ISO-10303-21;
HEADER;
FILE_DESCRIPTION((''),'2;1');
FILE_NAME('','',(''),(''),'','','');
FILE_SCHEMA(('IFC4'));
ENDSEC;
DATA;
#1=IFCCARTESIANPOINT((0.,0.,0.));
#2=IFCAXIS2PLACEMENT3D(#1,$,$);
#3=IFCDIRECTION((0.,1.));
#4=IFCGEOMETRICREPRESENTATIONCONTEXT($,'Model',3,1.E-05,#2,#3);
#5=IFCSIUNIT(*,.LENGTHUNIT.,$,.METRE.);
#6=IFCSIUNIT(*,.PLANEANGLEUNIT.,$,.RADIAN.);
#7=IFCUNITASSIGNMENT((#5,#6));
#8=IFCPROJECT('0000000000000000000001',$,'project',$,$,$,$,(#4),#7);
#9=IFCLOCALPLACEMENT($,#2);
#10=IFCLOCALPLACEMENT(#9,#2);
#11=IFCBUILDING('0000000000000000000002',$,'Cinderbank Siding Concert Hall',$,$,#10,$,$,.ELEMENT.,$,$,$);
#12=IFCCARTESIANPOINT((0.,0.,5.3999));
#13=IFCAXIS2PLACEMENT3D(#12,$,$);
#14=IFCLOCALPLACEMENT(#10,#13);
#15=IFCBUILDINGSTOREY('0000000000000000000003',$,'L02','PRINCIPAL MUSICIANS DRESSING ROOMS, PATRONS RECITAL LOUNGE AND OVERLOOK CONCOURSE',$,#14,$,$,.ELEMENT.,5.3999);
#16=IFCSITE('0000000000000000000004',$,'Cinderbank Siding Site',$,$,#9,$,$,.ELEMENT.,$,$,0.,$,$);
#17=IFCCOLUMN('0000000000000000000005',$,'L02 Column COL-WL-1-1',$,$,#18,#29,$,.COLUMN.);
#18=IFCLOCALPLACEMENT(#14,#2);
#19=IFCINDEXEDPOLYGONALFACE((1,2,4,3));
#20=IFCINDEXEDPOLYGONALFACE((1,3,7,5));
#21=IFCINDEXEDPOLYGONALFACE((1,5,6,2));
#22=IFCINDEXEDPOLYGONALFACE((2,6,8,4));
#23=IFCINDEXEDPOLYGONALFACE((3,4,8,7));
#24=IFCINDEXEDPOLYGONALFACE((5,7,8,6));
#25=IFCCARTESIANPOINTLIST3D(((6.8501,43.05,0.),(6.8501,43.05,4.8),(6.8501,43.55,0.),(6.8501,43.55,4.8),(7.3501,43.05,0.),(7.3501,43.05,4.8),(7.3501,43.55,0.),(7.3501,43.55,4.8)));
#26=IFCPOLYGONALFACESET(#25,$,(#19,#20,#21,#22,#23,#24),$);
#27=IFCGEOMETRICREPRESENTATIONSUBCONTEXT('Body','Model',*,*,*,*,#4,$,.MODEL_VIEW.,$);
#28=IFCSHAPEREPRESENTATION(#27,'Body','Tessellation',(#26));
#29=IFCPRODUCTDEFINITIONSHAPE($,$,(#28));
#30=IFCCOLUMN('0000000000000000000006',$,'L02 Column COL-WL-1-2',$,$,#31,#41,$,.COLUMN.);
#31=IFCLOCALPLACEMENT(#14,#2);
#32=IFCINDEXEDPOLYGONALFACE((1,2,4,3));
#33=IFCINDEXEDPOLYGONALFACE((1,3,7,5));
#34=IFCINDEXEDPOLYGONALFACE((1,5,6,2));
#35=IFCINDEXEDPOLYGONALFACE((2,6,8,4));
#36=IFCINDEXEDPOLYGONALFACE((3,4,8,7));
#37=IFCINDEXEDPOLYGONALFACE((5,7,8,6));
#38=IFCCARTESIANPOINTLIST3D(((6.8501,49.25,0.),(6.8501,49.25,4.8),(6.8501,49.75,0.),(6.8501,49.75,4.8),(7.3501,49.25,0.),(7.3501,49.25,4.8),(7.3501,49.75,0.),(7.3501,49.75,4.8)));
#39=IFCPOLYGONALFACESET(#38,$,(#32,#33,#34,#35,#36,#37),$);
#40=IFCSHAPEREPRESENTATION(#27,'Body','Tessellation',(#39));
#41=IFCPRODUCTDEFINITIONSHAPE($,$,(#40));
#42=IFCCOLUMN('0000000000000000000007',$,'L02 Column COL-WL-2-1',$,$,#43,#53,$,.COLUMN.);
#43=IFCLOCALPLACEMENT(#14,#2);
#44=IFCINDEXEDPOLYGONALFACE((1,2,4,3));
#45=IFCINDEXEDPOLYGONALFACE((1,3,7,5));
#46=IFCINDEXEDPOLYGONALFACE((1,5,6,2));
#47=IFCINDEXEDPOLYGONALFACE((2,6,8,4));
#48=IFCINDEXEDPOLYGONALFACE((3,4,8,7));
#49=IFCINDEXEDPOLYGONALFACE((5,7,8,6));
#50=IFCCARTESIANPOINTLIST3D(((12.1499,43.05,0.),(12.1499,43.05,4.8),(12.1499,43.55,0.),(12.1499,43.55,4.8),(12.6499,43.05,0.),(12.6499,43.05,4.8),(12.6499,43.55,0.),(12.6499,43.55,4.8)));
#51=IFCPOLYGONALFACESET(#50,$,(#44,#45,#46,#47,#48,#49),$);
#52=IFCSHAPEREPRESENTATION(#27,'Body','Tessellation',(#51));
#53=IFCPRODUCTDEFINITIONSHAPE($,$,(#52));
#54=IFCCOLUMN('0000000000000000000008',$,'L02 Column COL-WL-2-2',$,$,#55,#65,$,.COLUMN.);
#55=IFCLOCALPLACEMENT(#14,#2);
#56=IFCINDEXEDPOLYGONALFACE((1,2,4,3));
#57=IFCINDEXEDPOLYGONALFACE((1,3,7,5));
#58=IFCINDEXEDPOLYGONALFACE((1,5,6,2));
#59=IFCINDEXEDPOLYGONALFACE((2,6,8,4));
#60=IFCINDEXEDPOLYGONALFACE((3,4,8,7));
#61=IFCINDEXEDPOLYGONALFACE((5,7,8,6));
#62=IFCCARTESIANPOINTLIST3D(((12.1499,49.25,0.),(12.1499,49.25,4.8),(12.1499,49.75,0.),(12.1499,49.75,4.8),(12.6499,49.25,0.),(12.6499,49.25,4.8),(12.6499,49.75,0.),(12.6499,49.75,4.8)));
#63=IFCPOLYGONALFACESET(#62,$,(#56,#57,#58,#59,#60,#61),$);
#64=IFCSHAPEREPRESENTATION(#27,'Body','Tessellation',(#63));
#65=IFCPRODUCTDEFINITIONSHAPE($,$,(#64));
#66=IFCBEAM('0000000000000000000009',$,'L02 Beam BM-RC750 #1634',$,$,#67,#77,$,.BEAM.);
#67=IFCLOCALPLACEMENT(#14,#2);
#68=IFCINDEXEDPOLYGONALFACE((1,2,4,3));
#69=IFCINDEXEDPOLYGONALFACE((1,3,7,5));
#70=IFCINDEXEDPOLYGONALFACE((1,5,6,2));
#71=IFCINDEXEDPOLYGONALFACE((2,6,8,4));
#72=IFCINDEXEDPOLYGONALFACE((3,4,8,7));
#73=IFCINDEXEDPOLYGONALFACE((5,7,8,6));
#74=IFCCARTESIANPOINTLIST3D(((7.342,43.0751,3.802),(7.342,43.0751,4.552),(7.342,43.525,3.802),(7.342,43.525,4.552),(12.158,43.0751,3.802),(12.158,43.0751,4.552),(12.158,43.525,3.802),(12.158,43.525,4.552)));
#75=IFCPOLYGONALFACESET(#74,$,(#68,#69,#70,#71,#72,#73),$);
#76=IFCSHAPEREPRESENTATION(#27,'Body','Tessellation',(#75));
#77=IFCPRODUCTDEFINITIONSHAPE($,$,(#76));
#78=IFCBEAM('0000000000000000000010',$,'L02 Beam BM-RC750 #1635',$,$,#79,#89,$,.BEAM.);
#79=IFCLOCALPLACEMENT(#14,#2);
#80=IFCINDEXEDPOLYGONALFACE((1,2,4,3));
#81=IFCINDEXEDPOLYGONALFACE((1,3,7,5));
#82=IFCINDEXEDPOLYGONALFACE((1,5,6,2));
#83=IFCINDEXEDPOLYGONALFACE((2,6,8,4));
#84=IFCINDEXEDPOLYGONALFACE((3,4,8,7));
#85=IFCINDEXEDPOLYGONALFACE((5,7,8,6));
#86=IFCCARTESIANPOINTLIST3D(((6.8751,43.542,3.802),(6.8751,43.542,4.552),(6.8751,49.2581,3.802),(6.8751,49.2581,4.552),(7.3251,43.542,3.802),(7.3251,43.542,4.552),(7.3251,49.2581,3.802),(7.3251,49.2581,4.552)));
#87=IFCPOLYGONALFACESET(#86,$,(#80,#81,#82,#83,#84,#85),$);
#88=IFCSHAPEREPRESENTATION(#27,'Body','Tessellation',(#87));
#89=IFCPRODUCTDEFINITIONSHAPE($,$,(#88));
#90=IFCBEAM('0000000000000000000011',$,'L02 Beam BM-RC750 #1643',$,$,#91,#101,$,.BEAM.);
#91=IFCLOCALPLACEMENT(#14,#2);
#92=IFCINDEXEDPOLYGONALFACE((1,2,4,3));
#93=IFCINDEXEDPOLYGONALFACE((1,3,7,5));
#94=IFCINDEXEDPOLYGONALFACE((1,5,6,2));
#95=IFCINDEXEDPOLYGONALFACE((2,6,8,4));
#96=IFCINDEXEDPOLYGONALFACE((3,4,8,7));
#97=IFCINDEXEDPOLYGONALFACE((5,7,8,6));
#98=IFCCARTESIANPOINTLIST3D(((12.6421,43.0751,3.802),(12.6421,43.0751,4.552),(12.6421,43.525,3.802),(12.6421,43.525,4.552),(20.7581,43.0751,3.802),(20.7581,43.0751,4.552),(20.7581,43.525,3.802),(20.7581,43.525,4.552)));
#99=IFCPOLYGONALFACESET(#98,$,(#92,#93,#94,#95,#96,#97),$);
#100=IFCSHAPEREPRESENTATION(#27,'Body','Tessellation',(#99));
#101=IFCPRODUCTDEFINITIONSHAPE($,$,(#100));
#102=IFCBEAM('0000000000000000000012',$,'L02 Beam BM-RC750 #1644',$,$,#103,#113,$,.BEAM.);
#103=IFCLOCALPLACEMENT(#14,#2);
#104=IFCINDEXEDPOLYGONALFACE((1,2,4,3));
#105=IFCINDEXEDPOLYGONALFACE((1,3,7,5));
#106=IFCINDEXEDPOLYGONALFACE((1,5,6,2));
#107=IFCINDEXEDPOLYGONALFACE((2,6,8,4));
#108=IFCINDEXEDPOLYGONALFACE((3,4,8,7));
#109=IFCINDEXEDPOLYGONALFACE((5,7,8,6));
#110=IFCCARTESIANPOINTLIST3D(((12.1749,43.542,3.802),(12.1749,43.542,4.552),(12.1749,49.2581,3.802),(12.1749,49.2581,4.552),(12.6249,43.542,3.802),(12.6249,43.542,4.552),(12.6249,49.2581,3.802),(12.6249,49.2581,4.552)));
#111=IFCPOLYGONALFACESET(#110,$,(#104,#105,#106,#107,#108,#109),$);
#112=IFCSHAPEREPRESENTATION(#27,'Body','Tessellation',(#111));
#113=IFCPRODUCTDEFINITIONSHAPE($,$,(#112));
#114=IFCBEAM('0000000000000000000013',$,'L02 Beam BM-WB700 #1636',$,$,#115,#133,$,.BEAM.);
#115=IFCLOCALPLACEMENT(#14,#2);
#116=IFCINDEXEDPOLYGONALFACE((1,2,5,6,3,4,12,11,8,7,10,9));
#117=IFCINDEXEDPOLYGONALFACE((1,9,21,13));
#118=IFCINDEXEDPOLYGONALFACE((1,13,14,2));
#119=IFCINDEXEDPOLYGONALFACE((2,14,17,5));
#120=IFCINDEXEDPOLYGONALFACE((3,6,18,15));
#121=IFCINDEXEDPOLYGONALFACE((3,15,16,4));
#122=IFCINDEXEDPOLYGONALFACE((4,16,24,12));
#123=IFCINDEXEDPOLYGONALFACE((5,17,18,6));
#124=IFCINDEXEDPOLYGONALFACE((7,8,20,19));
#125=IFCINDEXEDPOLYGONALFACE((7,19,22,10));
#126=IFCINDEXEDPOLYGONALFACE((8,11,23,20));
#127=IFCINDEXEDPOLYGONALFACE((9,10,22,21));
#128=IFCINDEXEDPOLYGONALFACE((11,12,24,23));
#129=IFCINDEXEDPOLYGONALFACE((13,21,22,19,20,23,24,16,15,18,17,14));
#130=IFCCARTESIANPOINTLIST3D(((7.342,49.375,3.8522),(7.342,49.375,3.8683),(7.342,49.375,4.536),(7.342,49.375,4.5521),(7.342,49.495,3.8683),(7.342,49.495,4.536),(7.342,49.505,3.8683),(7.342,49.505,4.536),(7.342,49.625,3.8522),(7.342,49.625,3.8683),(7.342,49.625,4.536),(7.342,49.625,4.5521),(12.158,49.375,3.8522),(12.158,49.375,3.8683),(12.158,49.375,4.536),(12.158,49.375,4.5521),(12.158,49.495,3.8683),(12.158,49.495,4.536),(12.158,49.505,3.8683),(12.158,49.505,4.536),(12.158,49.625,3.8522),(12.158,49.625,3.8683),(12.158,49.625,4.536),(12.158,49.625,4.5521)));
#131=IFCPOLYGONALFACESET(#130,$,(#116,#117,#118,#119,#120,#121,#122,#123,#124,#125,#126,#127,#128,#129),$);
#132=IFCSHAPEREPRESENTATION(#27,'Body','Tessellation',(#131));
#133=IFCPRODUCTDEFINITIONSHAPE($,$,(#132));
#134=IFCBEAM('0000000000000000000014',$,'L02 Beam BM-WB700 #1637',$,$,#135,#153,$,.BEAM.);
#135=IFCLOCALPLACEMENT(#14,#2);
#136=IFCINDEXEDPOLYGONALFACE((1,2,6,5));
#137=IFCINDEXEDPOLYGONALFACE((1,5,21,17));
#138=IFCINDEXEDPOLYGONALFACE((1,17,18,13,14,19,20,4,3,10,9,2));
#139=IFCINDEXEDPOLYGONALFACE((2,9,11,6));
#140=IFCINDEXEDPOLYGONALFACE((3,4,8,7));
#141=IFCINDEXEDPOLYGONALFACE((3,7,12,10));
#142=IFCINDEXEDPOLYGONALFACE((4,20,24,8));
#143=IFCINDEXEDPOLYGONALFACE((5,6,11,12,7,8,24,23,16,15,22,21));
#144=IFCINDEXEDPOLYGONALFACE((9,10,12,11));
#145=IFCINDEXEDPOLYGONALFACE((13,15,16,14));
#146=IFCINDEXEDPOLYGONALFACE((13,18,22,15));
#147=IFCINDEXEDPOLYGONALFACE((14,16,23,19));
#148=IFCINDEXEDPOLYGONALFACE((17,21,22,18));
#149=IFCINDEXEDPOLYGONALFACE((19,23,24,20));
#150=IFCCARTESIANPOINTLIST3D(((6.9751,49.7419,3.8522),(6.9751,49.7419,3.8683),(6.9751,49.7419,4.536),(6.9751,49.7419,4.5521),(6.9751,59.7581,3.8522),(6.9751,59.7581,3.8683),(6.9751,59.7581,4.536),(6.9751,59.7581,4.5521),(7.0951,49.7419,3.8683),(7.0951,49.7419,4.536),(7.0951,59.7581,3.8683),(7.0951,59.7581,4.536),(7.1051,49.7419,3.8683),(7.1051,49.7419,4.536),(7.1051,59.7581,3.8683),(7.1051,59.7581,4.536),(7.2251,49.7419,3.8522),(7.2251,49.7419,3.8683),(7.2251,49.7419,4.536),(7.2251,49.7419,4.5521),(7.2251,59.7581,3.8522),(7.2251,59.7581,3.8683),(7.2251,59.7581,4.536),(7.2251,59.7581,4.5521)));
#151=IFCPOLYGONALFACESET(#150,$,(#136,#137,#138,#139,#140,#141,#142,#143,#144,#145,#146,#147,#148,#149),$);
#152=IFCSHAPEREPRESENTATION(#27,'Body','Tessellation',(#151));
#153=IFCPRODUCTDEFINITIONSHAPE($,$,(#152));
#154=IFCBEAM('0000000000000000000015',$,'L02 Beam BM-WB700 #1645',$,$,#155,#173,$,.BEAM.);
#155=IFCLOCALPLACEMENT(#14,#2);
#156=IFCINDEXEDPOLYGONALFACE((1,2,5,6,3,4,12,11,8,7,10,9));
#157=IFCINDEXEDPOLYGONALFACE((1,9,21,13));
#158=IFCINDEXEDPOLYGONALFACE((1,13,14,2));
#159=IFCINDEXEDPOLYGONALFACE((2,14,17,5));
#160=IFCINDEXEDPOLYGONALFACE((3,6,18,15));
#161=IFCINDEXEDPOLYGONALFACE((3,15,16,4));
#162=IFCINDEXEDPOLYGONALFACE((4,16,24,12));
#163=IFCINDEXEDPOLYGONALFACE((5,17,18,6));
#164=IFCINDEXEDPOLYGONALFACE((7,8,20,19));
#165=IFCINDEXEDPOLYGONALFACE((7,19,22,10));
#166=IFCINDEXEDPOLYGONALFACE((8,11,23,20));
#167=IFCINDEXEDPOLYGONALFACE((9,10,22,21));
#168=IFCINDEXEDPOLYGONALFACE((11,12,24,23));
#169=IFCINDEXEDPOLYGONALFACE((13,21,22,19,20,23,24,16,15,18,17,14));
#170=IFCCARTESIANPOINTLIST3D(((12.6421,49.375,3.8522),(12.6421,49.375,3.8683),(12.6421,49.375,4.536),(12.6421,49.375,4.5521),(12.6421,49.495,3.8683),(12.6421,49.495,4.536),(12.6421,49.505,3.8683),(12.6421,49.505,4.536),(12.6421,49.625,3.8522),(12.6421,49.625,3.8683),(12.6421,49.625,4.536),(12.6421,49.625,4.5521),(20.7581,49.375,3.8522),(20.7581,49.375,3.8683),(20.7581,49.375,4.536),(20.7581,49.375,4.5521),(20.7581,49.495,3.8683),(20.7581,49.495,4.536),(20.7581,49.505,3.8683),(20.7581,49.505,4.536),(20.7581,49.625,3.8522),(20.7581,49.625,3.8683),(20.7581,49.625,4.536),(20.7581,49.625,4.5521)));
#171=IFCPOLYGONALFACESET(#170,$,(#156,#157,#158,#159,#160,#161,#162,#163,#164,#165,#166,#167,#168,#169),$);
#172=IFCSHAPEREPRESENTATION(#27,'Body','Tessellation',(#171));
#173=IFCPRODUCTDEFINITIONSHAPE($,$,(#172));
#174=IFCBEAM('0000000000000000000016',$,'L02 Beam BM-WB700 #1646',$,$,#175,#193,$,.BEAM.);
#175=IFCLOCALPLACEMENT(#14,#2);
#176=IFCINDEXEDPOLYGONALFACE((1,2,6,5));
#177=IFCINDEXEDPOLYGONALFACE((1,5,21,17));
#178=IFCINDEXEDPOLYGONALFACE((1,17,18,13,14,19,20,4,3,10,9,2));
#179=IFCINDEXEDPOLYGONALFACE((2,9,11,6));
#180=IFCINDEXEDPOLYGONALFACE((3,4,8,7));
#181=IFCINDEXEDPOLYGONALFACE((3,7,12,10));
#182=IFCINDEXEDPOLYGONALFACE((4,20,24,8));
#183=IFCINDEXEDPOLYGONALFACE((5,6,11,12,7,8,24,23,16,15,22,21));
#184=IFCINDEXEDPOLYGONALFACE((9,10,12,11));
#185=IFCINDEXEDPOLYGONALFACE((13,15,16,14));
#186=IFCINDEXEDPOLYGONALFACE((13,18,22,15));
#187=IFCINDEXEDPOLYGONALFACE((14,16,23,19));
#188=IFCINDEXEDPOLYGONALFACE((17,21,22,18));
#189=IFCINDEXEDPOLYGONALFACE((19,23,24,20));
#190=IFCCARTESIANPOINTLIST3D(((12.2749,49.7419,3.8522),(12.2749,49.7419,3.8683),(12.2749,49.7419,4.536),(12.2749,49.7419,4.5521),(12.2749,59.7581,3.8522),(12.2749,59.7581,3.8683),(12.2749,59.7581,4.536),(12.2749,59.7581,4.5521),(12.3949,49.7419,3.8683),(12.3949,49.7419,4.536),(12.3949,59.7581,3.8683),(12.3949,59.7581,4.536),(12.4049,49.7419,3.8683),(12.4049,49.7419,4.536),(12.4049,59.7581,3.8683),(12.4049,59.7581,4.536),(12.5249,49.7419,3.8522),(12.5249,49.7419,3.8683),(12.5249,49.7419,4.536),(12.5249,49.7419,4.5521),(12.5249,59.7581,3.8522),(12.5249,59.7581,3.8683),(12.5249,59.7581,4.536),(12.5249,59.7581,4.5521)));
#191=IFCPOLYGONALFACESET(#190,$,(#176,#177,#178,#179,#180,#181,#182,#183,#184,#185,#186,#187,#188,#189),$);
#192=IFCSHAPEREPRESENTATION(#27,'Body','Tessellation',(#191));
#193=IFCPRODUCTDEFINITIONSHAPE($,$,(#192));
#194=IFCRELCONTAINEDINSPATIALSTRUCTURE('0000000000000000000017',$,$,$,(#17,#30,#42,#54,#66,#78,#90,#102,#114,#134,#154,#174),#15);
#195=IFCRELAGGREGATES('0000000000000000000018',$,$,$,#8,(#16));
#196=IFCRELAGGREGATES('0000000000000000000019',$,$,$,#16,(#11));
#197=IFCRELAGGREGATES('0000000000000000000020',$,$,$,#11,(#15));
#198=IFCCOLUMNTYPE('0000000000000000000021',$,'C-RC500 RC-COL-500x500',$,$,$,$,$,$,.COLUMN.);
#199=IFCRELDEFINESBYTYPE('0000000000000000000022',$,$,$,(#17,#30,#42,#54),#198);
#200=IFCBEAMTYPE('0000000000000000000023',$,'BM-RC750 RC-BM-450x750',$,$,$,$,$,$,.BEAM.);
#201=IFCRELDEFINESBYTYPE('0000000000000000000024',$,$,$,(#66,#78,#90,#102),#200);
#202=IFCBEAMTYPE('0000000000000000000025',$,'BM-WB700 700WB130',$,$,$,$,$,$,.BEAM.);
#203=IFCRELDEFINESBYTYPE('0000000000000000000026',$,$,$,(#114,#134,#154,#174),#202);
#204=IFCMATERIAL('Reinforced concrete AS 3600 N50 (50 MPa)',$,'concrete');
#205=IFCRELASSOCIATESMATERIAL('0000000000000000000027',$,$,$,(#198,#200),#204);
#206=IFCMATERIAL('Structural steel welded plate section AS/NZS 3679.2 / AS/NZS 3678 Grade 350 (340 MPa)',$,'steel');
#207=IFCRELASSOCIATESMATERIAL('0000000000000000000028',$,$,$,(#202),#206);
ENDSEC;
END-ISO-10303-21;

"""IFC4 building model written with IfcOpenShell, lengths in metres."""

from ifc_helpers import new_model, si_unit, direction, frame, origin, origin_2d, place, context, subcontext, project, spatial, rectangle, i_section, extrude, material, material_profile, profile_set, type_object, element, save


model = new_model("IFC4")

# Units and contexts
model_context = context("Model", 3, precision=1e-05, world=origin(), true_north=direction((0.0, 1.0)))
body_context = subcontext(model_context, "Body", "Model", "MODEL_VIEW")
ifc_project = project(units=[si_unit("LENGTHUNIT", "METRE"), si_unit("PLANEANGLEUNIT", "RADIAN")], contexts=[model_context])

# Site, building, storey
site_placement = place(None, origin())
site = spatial("IfcSite", under=ifc_project, at=site_placement, Name="Cinderbank Siding Site", CompositionType="ELEMENT", RefElevation=0.0)
building_placement = place(site_placement, origin())
building = spatial("IfcBuilding", under=site, at=building_placement, Name="Cinderbank Siding Concert Hall", CompositionType="ELEMENT")
storey_placement = place(building_placement, frame((0.0, 0.0, 5.3999)))
storey = spatial("IfcBuildingStorey", under=building, at=storey_placement, Name="L02", Description="PRINCIPAL MUSICIANS DRESSING ROOMS, PATRONS RECITAL LOUNGE AND OVERLOOK CONCOURSE", CompositionType="ELEMENT", Elevation=5.3999)

# Columns
ifc_material_1 = material(Name="Reinforced concrete AS 3600 N50 (50 MPa)", Category="concrete")
ifc_material_profile_1 = material_profile(ifc_material_1, rectangle(XDim=0.5, YDim=0.5, at=origin_2d()), Name="RC-COL-500x500", Category="LoadBearing")
ifc_profile_set_1 = profile_set([ifc_material_profile_1], Name="Reinforced concrete AS 3600 N50 (50 MPa)")
column_type = type_object("IfcColumnType", Name="C-RC500 RC-COL-500x500", PredefinedType="COLUMN", material=ifc_profile_set_1)
for number, where, z_axis, x_axis, name in (
    (1, (7.1001, 43.3, 0.0), (0.0, 0.0, 1.0), (1.0, 0.0, 0.0), "L02 Column COL-WL-1-1"),
    (2, (7.1001, 49.5, 0.0), (0.0, 0.0, 1.0), (1.0, 0.0, 0.0), "L02 Column COL-WL-1-2"),
    (3, (12.3999, 43.3, 0.0), (0.0, 0.0, 1.0), (1.0, 0.0, 0.0), "L02 Column COL-WL-2-1"),
    (4, (12.3999, 49.5, 0.0), (0.0, 0.0, 1.0), (1.0, 0.0, 0.0), "L02 Column COL-WL-2-2"),
):
    element("IfcColumn", number, at=place(storey_placement, frame(where, z_axis=z_axis, x_axis=x_axis)), inside=storey, type_object=column_type, Name=name, PredefinedType="COLUMN", context=body_context, shape_type="SweptSolid", body=[
        extrude(rectangle(XDim=0.5, YDim=0.5, at=origin_2d()), origin(), (0.0, 0.0, 1.0), 4.8),
    ])

# Beams
ifc_material_profile_2 = material_profile(ifc_material_1, rectangle(XDim=0.45, YDim=0.75, at=origin_2d()), Name="RC-BM-450x750", Category="LoadBearing")
ifc_profile_set_2 = profile_set([ifc_material_profile_2], Name="Reinforced concrete AS 3600 N50 (50 MPa)")
beam_type_1 = type_object("IfcBeamType", Name="BM-RC750 RC-BM-450x750", PredefinedType="BEAM", material=ifc_profile_set_2)
beam_1_placement = place(storey_placement, frame((7.342, 43.3, 4.177), z_axis=(1.0, 0.0, 0.0), x_axis=(0.0, 1.0, 0.0)))
element("IfcBeam", 5, at=beam_1_placement, inside=storey, type_object=beam_type_1, Name="L02 Beam BM-RC750 #1634", PredefinedType="BEAM", context=body_context, shape_type="SweptSolid", body=[
    extrude(rectangle(XDim=0.45, YDim=0.75, at=origin_2d()), origin(), (0.0, 0.0, 1.0), 4.8159),
])
beam_2_placement = place(storey_placement, frame((7.1001, 43.542, 4.177), z_axis=(0.0, 1.0, 0.0), x_axis=(-1.0, 0.0, 0.0)))
element("IfcBeam", 6, at=beam_2_placement, inside=storey, type_object=beam_type_1, Name="L02 Beam BM-RC750 #1635", PredefinedType="BEAM", context=body_context, shape_type="SweptSolid", body=[
    extrude(rectangle(XDim=0.45, YDim=0.75, at=origin_2d()), origin(), (0.0, 0.0, 1.0), 5.7161),
])
beam_3_placement = place(storey_placement, frame((12.6421, 43.3, 4.177), z_axis=(1.0, 0.0, 0.0), x_axis=(0.0, 1.0, 0.0)))
element("IfcBeam", 7, at=beam_3_placement, inside=storey, type_object=beam_type_1, Name="L02 Beam BM-RC750 #1643", PredefinedType="BEAM", context=body_context, shape_type="SweptSolid", body=[
    extrude(rectangle(XDim=0.45, YDim=0.75, at=origin_2d()), origin(), (0.0, 0.0, 1.0), 8.116),
])
beam_4_placement = place(storey_placement, frame((12.3999, 43.542, 4.177), z_axis=(0.0, 1.0, 0.0), x_axis=(-1.0, 0.0, 0.0)))
element("IfcBeam", 8, at=beam_4_placement, inside=storey, type_object=beam_type_1, Name="L02 Beam BM-RC750 #1644", PredefinedType="BEAM", context=body_context, shape_type="SweptSolid", body=[
    extrude(rectangle(XDim=0.45, YDim=0.75, at=origin_2d()), origin(), (0.0, 0.0, 1.0), 5.7161),
])
ifc_material_2 = material(Name="Structural steel welded plate section AS/NZS 3679.2 / AS/NZS 3678 Grade 350 (340 MPa)", Category="steel")
ifc_material_profile_3 = material_profile(ifc_material_2, i_section(OverallWidth=0.25, OverallDepth=0.7, WebThickness=0.01, FlangeThickness=0.0161, at=origin_2d()), Name="700WB130", Category="LoadBearing")
ifc_profile_set_3 = profile_set([ifc_material_profile_3], Name="Structural steel welded plate section AS/NZS 3679.2 / AS/NZS 3678 Grade 350 (340 MPa)")
beam_type_2 = type_object("IfcBeamType", Name="BM-WB700 700WB130", PredefinedType="BEAM", material=ifc_profile_set_3)
beam_5_placement = place(storey_placement, frame((7.342, 49.5, 4.2021), z_axis=(1.0, 0.0, 0.0), x_axis=(0.0, 1.0, 0.0)))
element("IfcBeam", 9, at=beam_5_placement, inside=storey, type_object=beam_type_2, Name="L02 Beam BM-WB700 #1636", PredefinedType="BEAM", context=body_context, shape_type="SweptSolid", body=[
    extrude(i_section(OverallWidth=0.25, OverallDepth=0.7, WebThickness=0.01, FlangeThickness=0.0161, at=origin_2d()), origin(), (0.0, 0.0, 1.0), 4.8159),
])
beam_6_placement = place(storey_placement, frame((7.1001, 49.7419, 4.2021), z_axis=(0.0, 1.0, 0.0), x_axis=(-1.0, 0.0, 0.0)))
element("IfcBeam", 10, at=beam_6_placement, inside=storey, type_object=beam_type_2, Name="L02 Beam BM-WB700 #1637", PredefinedType="BEAM", context=body_context, shape_type="SweptSolid", body=[
    extrude(i_section(OverallWidth=0.25, OverallDepth=0.7, WebThickness=0.01, FlangeThickness=0.0161, at=origin_2d()), origin(), (0.0, 0.0, 1.0), 10.0161),
])
beam_7_placement = place(storey_placement, frame((12.6421, 49.5, 4.2021), z_axis=(1.0, 0.0, 0.0), x_axis=(0.0, 1.0, 0.0)))
element("IfcBeam", 11, at=beam_7_placement, inside=storey, type_object=beam_type_2, Name="L02 Beam BM-WB700 #1645", PredefinedType="BEAM", context=body_context, shape_type="SweptSolid", body=[
    extrude(i_section(OverallWidth=0.25, OverallDepth=0.7, WebThickness=0.01, FlangeThickness=0.0161, at=origin_2d()), origin(), (0.0, 0.0, 1.0), 8.116),
])
beam_8_placement = place(storey_placement, frame((12.3999, 49.7419, 4.2021), z_axis=(0.0, 1.0, 0.0), x_axis=(-1.0, 0.0, 0.0)))
element("IfcBeam", 12, at=beam_8_placement, inside=storey, type_object=beam_type_2, Name="L02 Beam BM-WB700 #1646", PredefinedType="BEAM", context=body_context, shape_type="SweptSolid", body=[
    extrude(i_section(OverallWidth=0.25, OverallDepth=0.7, WebThickness=0.01, FlangeThickness=0.0161, at=origin_2d()), origin(), (0.0, 0.0, 1.0), 10.0161),
])

save(model, "model.ifc")
